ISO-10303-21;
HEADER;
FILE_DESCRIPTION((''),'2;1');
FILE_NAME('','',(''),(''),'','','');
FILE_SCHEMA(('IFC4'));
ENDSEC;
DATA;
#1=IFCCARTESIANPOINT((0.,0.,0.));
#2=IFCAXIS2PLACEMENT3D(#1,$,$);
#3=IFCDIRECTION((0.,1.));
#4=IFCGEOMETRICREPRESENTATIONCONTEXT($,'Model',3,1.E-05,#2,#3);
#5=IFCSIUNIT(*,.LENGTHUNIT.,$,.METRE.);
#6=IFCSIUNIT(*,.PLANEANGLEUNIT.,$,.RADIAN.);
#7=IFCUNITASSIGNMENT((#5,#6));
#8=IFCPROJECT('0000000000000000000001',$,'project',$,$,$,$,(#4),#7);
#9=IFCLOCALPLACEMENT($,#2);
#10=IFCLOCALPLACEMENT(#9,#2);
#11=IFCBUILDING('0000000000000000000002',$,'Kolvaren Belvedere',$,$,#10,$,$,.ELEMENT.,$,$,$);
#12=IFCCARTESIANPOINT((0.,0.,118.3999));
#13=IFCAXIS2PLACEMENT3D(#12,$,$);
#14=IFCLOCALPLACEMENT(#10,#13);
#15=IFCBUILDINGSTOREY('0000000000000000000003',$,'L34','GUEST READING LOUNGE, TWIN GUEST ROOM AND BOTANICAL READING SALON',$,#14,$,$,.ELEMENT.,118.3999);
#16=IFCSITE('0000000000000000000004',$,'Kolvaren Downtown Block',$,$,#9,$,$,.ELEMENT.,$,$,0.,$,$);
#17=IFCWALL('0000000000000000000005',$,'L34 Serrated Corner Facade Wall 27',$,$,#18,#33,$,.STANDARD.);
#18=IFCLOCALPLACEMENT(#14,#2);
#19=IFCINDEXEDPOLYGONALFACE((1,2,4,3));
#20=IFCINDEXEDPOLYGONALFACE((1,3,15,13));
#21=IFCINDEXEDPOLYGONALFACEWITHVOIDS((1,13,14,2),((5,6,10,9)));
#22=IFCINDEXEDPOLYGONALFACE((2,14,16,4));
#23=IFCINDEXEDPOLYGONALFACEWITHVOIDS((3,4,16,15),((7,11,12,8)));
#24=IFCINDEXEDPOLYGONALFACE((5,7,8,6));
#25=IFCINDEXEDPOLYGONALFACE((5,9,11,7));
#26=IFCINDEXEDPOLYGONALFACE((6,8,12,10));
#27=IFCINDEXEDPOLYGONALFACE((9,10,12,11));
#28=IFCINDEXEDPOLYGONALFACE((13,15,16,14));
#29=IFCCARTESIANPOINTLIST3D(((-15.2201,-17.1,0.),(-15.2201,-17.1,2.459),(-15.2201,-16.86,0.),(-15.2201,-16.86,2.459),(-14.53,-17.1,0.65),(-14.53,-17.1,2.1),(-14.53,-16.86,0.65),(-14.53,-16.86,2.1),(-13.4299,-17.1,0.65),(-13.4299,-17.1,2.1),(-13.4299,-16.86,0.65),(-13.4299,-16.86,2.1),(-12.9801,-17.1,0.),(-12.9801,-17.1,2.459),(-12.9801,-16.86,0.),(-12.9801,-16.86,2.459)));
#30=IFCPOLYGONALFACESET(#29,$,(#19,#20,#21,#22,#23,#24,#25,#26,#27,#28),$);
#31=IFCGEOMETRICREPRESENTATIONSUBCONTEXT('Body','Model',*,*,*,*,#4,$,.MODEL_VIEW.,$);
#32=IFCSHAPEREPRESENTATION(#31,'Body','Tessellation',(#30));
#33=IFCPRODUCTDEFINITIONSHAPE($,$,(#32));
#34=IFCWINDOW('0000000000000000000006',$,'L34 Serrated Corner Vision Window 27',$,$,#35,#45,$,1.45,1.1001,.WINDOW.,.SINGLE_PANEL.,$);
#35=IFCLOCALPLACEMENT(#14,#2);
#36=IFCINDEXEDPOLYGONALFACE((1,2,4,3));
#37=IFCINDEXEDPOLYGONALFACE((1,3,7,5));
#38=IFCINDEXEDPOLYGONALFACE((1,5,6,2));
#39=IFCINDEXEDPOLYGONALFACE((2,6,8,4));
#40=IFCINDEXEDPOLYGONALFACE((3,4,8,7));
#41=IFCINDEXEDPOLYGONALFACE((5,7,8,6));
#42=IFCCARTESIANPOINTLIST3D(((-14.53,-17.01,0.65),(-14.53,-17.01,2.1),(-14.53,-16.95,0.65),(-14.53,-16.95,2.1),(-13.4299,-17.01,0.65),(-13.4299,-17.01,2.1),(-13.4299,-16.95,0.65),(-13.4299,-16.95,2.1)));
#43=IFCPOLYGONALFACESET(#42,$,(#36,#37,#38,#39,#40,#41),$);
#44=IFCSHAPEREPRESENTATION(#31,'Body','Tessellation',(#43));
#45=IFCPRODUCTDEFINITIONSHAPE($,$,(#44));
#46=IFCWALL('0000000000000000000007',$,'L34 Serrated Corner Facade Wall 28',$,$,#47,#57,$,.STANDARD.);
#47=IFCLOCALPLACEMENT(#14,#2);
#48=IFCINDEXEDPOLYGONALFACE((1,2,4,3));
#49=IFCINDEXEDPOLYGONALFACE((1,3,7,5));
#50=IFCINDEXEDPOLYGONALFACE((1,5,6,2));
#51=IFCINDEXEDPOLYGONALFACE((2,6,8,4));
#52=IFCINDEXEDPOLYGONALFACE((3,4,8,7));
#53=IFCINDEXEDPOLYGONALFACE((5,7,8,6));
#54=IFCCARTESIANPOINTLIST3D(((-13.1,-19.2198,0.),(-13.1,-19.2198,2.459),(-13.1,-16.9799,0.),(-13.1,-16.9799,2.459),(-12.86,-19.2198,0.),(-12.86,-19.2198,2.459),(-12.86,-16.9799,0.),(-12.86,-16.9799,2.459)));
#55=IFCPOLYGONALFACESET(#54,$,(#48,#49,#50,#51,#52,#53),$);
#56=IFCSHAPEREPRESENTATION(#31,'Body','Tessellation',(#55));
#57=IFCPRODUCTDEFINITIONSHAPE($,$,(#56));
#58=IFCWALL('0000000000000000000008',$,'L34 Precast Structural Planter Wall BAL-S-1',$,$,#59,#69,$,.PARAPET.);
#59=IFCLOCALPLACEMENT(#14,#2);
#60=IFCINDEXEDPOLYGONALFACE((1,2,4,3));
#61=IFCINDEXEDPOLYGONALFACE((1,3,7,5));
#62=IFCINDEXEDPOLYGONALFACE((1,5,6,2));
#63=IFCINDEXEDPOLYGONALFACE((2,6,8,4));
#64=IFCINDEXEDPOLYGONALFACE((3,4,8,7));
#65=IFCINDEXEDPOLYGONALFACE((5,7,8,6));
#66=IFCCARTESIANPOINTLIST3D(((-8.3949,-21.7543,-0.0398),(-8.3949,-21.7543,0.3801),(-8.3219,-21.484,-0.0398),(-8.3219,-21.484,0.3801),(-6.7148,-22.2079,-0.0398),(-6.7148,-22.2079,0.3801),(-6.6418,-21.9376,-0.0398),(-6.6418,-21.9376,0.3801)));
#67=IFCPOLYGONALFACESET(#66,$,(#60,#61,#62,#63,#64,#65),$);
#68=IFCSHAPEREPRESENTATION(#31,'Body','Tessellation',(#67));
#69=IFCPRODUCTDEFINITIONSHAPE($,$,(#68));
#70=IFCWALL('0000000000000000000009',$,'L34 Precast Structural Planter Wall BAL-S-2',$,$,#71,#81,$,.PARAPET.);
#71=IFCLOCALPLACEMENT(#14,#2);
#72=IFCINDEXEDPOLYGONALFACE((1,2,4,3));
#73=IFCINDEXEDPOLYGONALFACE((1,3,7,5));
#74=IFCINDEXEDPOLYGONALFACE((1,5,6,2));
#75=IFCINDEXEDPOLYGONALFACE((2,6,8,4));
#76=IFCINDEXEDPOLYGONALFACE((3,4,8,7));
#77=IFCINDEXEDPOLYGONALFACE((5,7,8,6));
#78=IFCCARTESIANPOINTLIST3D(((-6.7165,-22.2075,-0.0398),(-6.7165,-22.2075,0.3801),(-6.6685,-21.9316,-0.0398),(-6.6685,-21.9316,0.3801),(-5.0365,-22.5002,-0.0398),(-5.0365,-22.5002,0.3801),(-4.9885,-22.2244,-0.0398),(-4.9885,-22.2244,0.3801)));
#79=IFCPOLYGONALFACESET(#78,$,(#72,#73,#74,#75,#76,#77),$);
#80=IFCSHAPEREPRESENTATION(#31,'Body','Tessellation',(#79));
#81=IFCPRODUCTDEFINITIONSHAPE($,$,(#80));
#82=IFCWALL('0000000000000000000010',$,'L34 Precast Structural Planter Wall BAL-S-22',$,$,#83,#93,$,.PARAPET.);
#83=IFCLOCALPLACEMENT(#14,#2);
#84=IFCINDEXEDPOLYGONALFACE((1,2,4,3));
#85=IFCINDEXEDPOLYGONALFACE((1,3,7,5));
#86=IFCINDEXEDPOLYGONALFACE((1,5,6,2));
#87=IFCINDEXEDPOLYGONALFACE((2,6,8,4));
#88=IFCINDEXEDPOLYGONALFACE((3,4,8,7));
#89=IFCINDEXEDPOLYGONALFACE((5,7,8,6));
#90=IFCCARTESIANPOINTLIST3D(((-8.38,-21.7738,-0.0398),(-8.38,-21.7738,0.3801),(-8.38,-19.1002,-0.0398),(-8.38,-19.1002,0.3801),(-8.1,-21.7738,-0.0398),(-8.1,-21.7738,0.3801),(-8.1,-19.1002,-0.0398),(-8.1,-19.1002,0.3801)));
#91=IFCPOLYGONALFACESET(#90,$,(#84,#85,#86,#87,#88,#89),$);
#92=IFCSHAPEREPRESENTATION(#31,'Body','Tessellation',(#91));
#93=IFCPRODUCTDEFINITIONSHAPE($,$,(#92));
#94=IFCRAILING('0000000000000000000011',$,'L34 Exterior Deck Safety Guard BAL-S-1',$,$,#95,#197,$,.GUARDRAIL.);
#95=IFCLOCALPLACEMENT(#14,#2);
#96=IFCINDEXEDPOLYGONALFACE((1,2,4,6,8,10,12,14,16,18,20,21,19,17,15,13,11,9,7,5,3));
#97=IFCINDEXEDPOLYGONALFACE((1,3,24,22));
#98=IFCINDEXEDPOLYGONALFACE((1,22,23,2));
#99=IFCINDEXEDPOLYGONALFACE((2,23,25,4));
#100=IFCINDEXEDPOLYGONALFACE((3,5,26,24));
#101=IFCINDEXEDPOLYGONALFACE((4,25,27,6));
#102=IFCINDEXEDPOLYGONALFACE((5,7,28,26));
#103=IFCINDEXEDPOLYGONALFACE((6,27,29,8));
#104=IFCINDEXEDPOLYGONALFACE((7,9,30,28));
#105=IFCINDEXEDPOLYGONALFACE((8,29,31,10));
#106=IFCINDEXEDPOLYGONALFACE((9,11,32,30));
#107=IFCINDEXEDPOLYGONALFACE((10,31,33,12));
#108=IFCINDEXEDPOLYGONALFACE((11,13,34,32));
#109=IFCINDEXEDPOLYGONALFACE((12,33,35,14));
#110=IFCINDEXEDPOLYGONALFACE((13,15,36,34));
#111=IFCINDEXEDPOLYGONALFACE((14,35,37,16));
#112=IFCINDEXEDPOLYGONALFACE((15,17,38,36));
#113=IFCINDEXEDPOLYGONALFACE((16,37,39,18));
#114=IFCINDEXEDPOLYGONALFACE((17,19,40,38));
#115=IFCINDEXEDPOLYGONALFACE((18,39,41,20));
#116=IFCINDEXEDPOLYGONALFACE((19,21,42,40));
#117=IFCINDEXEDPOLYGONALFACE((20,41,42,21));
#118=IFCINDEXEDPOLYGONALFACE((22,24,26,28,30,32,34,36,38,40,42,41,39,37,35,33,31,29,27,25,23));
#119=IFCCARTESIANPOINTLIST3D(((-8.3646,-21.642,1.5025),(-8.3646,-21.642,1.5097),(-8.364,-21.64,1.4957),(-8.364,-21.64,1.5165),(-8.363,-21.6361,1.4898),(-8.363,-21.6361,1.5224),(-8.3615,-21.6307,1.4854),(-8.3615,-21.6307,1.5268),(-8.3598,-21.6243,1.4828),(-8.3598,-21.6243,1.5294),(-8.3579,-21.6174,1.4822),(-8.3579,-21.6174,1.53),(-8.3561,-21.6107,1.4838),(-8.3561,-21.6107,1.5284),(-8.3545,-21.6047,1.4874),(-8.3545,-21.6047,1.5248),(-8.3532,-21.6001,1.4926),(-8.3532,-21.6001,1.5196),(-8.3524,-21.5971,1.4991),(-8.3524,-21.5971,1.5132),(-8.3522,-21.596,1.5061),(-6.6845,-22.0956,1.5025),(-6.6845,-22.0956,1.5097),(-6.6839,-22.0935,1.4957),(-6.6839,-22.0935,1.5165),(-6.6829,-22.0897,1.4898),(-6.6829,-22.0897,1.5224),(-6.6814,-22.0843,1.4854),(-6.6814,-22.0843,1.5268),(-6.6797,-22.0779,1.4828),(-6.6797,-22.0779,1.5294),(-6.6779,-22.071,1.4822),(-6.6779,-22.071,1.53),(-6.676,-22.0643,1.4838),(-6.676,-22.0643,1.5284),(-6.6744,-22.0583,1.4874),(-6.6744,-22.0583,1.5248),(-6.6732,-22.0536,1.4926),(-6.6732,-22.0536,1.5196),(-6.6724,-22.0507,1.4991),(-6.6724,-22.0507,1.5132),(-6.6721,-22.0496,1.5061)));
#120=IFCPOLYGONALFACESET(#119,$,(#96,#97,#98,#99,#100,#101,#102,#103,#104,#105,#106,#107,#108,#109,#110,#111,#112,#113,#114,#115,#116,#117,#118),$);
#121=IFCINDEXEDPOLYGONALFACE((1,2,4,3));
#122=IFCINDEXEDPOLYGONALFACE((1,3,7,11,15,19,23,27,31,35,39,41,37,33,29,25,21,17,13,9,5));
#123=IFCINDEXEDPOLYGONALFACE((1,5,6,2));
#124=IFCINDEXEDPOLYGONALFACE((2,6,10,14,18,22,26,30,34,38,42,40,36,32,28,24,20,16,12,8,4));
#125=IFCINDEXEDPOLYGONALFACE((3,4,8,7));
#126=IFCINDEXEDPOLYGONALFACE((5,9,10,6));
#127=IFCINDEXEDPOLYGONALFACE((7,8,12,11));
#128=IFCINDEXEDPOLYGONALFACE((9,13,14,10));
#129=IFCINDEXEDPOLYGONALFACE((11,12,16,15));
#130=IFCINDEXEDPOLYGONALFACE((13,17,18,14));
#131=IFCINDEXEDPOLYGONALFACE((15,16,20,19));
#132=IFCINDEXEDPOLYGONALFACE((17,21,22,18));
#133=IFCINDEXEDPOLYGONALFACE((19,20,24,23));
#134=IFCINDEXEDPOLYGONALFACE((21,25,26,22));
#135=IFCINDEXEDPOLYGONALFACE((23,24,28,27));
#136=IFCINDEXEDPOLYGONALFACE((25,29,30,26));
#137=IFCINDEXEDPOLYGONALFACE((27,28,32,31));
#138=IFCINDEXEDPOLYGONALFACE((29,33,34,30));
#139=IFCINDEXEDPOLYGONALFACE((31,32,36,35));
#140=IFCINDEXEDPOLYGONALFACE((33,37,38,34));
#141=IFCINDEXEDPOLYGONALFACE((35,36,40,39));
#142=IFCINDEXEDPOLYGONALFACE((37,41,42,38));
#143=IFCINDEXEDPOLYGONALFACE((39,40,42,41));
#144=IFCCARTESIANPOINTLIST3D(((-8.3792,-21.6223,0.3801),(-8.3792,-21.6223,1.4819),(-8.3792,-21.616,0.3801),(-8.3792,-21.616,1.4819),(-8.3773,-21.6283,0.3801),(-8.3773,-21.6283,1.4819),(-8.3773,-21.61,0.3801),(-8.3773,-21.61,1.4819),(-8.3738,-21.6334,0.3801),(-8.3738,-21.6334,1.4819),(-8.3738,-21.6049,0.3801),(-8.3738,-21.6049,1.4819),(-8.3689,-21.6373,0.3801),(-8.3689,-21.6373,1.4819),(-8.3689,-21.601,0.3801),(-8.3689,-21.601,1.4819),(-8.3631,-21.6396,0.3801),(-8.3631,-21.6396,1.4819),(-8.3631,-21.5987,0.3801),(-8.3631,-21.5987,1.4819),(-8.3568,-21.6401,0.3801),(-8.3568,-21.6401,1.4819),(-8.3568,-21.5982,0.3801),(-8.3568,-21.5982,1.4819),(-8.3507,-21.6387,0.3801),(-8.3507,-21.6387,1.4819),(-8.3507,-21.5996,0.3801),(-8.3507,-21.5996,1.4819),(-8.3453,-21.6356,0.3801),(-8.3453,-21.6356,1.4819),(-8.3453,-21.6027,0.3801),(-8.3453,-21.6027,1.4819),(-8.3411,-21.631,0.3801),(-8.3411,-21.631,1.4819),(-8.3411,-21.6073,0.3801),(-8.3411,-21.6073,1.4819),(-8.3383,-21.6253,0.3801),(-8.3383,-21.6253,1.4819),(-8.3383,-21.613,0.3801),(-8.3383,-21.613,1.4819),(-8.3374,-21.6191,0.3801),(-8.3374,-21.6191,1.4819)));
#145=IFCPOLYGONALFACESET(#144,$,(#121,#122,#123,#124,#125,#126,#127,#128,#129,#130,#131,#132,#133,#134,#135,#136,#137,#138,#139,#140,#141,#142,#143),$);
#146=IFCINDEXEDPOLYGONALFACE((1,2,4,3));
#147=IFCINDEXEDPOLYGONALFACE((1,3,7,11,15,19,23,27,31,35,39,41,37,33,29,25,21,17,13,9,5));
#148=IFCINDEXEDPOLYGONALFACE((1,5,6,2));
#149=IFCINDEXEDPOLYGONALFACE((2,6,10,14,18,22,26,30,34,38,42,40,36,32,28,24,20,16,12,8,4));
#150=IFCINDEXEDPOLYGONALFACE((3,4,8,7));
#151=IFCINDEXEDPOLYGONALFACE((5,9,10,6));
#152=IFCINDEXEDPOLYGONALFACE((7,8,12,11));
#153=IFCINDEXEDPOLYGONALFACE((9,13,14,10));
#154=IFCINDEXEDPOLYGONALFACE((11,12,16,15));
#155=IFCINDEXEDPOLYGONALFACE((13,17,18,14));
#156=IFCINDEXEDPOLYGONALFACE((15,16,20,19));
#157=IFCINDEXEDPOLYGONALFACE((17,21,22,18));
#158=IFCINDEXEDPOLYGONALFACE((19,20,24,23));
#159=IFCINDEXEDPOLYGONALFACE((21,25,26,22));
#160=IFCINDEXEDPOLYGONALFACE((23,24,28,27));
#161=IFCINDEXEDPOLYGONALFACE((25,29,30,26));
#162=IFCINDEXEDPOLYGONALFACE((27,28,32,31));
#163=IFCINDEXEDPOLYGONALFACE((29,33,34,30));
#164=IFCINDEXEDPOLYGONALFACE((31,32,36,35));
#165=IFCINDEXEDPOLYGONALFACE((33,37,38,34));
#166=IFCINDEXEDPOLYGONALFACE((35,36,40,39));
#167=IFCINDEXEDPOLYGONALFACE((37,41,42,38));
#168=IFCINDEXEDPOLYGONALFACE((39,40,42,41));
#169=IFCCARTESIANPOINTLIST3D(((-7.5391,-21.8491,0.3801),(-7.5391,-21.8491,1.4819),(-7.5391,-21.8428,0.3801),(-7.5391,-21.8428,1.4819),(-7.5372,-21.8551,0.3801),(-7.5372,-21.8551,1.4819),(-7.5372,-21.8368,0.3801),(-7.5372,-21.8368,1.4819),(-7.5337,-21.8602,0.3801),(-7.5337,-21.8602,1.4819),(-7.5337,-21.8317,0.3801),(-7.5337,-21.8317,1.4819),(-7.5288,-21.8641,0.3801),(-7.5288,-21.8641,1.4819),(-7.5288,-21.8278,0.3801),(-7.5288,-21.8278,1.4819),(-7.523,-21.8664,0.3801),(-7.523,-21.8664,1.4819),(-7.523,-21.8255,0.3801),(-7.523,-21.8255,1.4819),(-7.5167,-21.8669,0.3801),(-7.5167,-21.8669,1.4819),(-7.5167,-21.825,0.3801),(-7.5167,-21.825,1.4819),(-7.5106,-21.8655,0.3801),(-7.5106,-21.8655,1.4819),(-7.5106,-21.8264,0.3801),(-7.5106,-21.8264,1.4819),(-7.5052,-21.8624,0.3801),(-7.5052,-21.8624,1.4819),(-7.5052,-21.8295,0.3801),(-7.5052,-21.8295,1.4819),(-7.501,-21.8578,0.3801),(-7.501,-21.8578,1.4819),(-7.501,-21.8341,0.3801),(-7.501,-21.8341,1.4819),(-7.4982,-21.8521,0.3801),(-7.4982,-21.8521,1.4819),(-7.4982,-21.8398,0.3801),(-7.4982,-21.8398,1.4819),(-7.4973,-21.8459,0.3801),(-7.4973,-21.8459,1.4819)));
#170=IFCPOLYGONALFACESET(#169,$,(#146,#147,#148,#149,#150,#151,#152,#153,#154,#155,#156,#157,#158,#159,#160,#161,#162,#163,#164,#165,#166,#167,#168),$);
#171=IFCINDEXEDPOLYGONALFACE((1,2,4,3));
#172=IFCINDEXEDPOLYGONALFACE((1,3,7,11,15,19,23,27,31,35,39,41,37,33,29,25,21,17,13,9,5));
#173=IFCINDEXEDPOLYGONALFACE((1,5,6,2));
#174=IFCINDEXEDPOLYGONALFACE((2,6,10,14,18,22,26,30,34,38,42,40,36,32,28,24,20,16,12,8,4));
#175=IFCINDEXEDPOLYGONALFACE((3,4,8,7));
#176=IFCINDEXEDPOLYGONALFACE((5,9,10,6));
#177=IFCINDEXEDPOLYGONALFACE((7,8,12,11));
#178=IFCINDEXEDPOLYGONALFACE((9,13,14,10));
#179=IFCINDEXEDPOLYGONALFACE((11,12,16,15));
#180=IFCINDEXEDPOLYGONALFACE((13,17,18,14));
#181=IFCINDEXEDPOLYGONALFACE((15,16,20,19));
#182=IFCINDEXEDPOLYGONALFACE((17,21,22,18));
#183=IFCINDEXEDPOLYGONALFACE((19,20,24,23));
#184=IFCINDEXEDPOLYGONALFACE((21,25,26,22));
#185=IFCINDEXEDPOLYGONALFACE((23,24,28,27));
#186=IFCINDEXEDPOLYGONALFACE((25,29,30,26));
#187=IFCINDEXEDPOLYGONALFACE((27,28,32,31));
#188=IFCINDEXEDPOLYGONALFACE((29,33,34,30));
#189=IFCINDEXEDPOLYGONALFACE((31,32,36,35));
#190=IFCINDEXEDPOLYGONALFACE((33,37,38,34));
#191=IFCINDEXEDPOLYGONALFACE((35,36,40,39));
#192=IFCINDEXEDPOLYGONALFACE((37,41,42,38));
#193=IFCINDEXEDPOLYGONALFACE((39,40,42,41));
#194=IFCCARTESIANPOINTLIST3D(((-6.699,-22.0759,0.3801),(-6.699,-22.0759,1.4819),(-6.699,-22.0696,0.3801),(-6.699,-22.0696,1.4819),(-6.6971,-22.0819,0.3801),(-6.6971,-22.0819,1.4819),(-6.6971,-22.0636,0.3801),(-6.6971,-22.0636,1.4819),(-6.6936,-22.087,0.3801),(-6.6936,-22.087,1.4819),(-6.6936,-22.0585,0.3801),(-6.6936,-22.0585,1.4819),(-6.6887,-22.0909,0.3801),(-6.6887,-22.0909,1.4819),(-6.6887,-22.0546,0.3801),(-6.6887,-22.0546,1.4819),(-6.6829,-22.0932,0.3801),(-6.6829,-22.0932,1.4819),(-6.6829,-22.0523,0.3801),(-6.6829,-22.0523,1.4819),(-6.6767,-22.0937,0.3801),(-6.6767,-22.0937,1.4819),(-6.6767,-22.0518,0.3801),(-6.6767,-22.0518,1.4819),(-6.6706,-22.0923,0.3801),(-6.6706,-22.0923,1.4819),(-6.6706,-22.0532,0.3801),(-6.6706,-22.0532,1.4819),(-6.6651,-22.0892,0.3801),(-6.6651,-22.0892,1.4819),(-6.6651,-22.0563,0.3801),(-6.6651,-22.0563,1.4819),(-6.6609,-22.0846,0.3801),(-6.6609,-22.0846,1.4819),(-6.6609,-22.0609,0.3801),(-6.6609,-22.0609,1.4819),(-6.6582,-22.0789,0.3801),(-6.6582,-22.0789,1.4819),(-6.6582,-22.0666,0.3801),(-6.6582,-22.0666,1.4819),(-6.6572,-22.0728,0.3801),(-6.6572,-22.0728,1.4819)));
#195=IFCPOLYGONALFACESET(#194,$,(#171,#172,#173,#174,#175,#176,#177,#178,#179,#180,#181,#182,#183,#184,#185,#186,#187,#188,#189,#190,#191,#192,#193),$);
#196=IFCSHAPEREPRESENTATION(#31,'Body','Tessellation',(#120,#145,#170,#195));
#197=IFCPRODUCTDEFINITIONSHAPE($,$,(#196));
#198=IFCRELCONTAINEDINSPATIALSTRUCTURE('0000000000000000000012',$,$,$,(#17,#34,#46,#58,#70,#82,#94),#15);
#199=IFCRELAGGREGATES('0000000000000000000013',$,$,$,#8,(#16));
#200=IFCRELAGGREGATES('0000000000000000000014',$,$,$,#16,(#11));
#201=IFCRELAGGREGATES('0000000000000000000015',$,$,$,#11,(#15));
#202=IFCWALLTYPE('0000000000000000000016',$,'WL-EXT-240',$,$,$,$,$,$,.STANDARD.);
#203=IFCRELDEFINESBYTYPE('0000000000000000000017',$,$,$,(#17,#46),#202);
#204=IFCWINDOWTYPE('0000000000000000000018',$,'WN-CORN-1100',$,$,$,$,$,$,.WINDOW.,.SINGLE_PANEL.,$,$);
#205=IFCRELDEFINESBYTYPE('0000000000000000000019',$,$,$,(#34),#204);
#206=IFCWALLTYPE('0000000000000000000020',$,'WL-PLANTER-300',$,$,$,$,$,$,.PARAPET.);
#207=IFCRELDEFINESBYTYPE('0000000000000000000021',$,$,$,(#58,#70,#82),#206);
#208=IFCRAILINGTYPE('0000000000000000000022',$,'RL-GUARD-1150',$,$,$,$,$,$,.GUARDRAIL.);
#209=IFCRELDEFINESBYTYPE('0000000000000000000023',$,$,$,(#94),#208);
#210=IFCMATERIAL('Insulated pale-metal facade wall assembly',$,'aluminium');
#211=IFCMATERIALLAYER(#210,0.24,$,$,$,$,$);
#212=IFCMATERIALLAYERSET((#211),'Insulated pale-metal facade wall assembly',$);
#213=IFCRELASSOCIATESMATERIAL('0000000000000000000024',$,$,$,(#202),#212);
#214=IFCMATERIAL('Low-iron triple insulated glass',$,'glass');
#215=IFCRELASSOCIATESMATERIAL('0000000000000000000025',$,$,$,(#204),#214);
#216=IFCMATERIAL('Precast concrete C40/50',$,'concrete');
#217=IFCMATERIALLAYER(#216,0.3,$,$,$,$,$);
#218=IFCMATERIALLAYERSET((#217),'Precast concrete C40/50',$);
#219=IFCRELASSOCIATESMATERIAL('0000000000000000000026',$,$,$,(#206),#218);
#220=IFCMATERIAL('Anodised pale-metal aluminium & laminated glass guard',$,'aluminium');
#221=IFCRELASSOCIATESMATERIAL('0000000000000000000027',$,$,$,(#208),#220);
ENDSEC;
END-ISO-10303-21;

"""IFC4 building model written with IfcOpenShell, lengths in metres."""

from ifc_helpers import new_model, si_unit, direction, frame, frame_2d, origin, origin_2d, place, context, subcontext, project, spatial, rectangle, circle, extrude, material, layer, layer_set, type_object, element, fill, save


model = new_model("IFC4")

# Units and contexts
model_context = context("Model", 3, precision=1e-05, world=origin(), true_north=direction((0.0, 1.0)))
body_context = subcontext(model_context, "Body", "Model", "MODEL_VIEW")
ifc_project = project(units=[si_unit("LENGTHUNIT", "METRE"), si_unit("PLANEANGLEUNIT", "RADIAN")], contexts=[model_context])

# Site, building, storey
site_placement = place(None, origin())
site = spatial("IfcSite", under=ifc_project, at=site_placement, Name="Kolvaren Downtown Block", CompositionType="ELEMENT", RefElevation=0.0)
building_placement = place(site_placement, origin())
building = spatial("IfcBuilding", under=site, at=building_placement, Name="Kolvaren Belvedere", CompositionType="ELEMENT")
storey_placement = place(building_placement, frame((0.0, 0.0, 118.3999)))
storey = spatial("IfcBuildingStorey", under=building, at=storey_placement, Name="L34", Description="GUEST READING LOUNGE, TWIN GUEST ROOM AND BOTANICAL READING SALON", CompositionType="ELEMENT", Elevation=118.3999)

# Shared definitions
ifc_material_1 = material(Name="Insulated pale-metal facade wall assembly", Category="aluminium")
ifc_layer_1 = layer(ifc_material_1, 0.24)
ifc_layer_set_1 = layer_set([ifc_layer_1], Name="Insulated pale-metal facade wall assembly")
wall_type_1 = type_object("IfcWallType", Name="WL-EXT-240", PredefinedType="STANDARD", material=ifc_layer_set_1)

# Wall, opening, window
ifc_material_2 = material(Name="Low-iron triple insulated glass", Category="glass")
window_type = type_object("IfcWindowType", Name="WN-CORN-1100", PartitioningType="SINGLE_PANEL", PredefinedType="WINDOW", material=ifc_material_2)
wall_1_placement = place(storey_placement, frame((-12.98, -16.98, 0.0), z_axis=(0.0, 0.0, 1.0), x_axis=(-1.0, 0.0, 0.0)))
wall_1 = element("IfcWall", 1, at=wall_1_placement, inside=storey, type_object=wall_type_1, Name="L34 Serrated Corner Facade Wall 27", PredefinedType="STANDARD", context=body_context, shape_type="SweptSolid", body=[
    extrude(rectangle(XDim=2.24, YDim=0.24, at=frame_2d((1.1201, 0.0))), origin(), (0.0, 0.0, 1.0), 2.459),
])
opening_1_placement = place(wall_1_placement, frame((0.45, 0.0, 0.6499)))
opening_1 = element("IfcOpeningElement", 2, at=opening_1_placement, cuts=wall_1, PredefinedType="OPENING", context=body_context, shape_type="SweptSolid", body=[
    extrude(rectangle(XDim=1.1001, YDim=1.45, at=frame_2d((0.55, 0.7251))), frame((0.0, 0.1299, 0.0), z_axis=(0.0, -1.0, 0.0), x_axis=(1.0, 0.0, 0.0)), (0.0, 0.0, 1.0), 0.26),
])
window_1_placement = place(opening_1_placement, origin())
window_1 = element("IfcWindow", 3, at=window_1_placement, inside=storey, type_object=window_type, Name="L34 Serrated Corner Vision Window 27", OverallHeight=1.45, OverallWidth=1.1001, PartitioningType="SINGLE_PANEL", PredefinedType="WINDOW", context=body_context, shape_type="SweptSolid", body=[
    extrude(rectangle(XDim=1.1001, YDim=1.45, at=frame_2d((0.55, 0.7251))), frame((0.0, 0.03, 0.0), z_axis=(0.0, -1.0, 0.0), x_axis=(1.0, 0.0, 0.0)), (0.0, 0.0, 1.0), 0.0601),
])
fill(opening_1, window_1)

# Walls
wall_2_placement = place(storey_placement, frame((-12.98, -19.22, 0.0), z_axis=(0.0, 0.0, 1.0), x_axis=(0.0, 1.0, 0.0)))
element("IfcWall", 4, at=wall_2_placement, inside=storey, type_object=wall_type_1, Name="L34 Serrated Corner Facade Wall 28", PredefinedType="STANDARD", context=body_context, shape_type="SweptSolid", body=[
    extrude(rectangle(XDim=2.24, YDim=0.24, at=frame_2d((1.1201, 0.0))), origin(), (0.0, 0.0, 1.0), 2.459),
])
ifc_material_3 = material(Name="Precast concrete C40/50", Category="concrete")
ifc_layer_2 = layer(ifc_material_3, 0.3)
ifc_layer_set_2 = layer_set([ifc_layer_2], Name="Precast concrete C40/50")
wall_type_2 = type_object("IfcWallType", Name="WL-PLANTER-300", PredefinedType="PARAPET", material=ifc_layer_set_2)
wall_3_placement = place(storey_placement, frame((-8.3584, -21.6191, -0.0398), z_axis=(0.0, 0.0, 1.0), x_axis=(0.965434, -0.260648, 0.0)))
element("IfcWall", 5, at=wall_3_placement, inside=storey, type_object=wall_type_2, Name="L34 Precast Structural Planter Wall BAL-S-1", PredefinedType="PARAPET", context=body_context, shape_type="SweptSolid", body=[
    extrude(rectangle(XDim=1.7402, YDim=0.28, at=frame_2d((0.8701, 0.0))), origin(), (0.0, 0.0, 1.0), 0.4199),
])
wall_4_placement = place(storey_placement, frame((-6.6924, -22.0696, -0.0398), z_axis=(0.0, 0.0, 1.0), x_axis=(0.985156, -0.171661, 0.0)))
element("IfcWall", 6, at=wall_4_placement, inside=storey, type_object=wall_type_2, Name="L34 Precast Structural Planter Wall BAL-S-2", PredefinedType="PARAPET", context=body_context, shape_type="SweptSolid", body=[
    extrude(rectangle(XDim=1.7053, YDim=0.28, at=frame_2d((0.8525, 0.0))), origin(), (0.0, 0.0, 1.0), 0.4199),
])
wall_5_placement = place(storey_placement, frame((-8.24, -19.1001, -0.0398), z_axis=(0.0, 0.0, 1.0), x_axis=(0.0, -1.0, 0.0)))
element("IfcWall", 7, at=wall_5_placement, inside=storey, type_object=wall_type_2, Name="L34 Precast Structural Planter Wall BAL-S-22", PredefinedType="PARAPET", context=body_context, shape_type="SweptSolid", body=[
    extrude(rectangle(XDim=2.6736, YDim=0.28, at=frame_2d((1.3369, 0.0))), origin(), (0.0, 0.0, 1.0), 0.4199),
])

# Railing
ifc_material_4 = material(Name="Anodised pale-metal aluminium & laminated glass guard", Category="aluminium")
railing_type = type_object("IfcRailingType", Name="RL-GUARD-1150", PredefinedType="GUARDRAIL", material=ifc_material_4)
railing_1_placement = place(storey_placement, frame((-8.3584, -21.6191, 0.3801)))
element("IfcRailing", 8, at=railing_1_placement, inside=storey, type_object=railing_type, Name="L34 Exterior Deck Safety Guard BAL-S-1", PredefinedType="GUARDRAIL", context=body_context, shape_type="SweptSolid", body=[
    extrude(circle(Radius=0.0239, at=origin_2d()), frame((0.0, 0.0, 1.126), z_axis=(0.965434, -0.260648, 0.0), x_axis=(0.260648, 0.965434, 0.0)), (0.0, 0.0, 1.0), 1.7402),
    extrude(circle(Radius=0.021, at=origin_2d()), origin(), (0.0, 0.0, 1.0), 1.1018),
    extrude(circle(Radius=0.021, at=origin_2d()), frame((0.8401, -0.2268, 0.0)), (0.0, 0.0, 1.0), 1.1018),
    extrude(circle(Radius=0.021, at=origin_2d()), frame((1.6802, -0.4536, 0.0)), (0.0, 0.0, 1.0), 1.1018),
])

save(model, "model.ifc")
